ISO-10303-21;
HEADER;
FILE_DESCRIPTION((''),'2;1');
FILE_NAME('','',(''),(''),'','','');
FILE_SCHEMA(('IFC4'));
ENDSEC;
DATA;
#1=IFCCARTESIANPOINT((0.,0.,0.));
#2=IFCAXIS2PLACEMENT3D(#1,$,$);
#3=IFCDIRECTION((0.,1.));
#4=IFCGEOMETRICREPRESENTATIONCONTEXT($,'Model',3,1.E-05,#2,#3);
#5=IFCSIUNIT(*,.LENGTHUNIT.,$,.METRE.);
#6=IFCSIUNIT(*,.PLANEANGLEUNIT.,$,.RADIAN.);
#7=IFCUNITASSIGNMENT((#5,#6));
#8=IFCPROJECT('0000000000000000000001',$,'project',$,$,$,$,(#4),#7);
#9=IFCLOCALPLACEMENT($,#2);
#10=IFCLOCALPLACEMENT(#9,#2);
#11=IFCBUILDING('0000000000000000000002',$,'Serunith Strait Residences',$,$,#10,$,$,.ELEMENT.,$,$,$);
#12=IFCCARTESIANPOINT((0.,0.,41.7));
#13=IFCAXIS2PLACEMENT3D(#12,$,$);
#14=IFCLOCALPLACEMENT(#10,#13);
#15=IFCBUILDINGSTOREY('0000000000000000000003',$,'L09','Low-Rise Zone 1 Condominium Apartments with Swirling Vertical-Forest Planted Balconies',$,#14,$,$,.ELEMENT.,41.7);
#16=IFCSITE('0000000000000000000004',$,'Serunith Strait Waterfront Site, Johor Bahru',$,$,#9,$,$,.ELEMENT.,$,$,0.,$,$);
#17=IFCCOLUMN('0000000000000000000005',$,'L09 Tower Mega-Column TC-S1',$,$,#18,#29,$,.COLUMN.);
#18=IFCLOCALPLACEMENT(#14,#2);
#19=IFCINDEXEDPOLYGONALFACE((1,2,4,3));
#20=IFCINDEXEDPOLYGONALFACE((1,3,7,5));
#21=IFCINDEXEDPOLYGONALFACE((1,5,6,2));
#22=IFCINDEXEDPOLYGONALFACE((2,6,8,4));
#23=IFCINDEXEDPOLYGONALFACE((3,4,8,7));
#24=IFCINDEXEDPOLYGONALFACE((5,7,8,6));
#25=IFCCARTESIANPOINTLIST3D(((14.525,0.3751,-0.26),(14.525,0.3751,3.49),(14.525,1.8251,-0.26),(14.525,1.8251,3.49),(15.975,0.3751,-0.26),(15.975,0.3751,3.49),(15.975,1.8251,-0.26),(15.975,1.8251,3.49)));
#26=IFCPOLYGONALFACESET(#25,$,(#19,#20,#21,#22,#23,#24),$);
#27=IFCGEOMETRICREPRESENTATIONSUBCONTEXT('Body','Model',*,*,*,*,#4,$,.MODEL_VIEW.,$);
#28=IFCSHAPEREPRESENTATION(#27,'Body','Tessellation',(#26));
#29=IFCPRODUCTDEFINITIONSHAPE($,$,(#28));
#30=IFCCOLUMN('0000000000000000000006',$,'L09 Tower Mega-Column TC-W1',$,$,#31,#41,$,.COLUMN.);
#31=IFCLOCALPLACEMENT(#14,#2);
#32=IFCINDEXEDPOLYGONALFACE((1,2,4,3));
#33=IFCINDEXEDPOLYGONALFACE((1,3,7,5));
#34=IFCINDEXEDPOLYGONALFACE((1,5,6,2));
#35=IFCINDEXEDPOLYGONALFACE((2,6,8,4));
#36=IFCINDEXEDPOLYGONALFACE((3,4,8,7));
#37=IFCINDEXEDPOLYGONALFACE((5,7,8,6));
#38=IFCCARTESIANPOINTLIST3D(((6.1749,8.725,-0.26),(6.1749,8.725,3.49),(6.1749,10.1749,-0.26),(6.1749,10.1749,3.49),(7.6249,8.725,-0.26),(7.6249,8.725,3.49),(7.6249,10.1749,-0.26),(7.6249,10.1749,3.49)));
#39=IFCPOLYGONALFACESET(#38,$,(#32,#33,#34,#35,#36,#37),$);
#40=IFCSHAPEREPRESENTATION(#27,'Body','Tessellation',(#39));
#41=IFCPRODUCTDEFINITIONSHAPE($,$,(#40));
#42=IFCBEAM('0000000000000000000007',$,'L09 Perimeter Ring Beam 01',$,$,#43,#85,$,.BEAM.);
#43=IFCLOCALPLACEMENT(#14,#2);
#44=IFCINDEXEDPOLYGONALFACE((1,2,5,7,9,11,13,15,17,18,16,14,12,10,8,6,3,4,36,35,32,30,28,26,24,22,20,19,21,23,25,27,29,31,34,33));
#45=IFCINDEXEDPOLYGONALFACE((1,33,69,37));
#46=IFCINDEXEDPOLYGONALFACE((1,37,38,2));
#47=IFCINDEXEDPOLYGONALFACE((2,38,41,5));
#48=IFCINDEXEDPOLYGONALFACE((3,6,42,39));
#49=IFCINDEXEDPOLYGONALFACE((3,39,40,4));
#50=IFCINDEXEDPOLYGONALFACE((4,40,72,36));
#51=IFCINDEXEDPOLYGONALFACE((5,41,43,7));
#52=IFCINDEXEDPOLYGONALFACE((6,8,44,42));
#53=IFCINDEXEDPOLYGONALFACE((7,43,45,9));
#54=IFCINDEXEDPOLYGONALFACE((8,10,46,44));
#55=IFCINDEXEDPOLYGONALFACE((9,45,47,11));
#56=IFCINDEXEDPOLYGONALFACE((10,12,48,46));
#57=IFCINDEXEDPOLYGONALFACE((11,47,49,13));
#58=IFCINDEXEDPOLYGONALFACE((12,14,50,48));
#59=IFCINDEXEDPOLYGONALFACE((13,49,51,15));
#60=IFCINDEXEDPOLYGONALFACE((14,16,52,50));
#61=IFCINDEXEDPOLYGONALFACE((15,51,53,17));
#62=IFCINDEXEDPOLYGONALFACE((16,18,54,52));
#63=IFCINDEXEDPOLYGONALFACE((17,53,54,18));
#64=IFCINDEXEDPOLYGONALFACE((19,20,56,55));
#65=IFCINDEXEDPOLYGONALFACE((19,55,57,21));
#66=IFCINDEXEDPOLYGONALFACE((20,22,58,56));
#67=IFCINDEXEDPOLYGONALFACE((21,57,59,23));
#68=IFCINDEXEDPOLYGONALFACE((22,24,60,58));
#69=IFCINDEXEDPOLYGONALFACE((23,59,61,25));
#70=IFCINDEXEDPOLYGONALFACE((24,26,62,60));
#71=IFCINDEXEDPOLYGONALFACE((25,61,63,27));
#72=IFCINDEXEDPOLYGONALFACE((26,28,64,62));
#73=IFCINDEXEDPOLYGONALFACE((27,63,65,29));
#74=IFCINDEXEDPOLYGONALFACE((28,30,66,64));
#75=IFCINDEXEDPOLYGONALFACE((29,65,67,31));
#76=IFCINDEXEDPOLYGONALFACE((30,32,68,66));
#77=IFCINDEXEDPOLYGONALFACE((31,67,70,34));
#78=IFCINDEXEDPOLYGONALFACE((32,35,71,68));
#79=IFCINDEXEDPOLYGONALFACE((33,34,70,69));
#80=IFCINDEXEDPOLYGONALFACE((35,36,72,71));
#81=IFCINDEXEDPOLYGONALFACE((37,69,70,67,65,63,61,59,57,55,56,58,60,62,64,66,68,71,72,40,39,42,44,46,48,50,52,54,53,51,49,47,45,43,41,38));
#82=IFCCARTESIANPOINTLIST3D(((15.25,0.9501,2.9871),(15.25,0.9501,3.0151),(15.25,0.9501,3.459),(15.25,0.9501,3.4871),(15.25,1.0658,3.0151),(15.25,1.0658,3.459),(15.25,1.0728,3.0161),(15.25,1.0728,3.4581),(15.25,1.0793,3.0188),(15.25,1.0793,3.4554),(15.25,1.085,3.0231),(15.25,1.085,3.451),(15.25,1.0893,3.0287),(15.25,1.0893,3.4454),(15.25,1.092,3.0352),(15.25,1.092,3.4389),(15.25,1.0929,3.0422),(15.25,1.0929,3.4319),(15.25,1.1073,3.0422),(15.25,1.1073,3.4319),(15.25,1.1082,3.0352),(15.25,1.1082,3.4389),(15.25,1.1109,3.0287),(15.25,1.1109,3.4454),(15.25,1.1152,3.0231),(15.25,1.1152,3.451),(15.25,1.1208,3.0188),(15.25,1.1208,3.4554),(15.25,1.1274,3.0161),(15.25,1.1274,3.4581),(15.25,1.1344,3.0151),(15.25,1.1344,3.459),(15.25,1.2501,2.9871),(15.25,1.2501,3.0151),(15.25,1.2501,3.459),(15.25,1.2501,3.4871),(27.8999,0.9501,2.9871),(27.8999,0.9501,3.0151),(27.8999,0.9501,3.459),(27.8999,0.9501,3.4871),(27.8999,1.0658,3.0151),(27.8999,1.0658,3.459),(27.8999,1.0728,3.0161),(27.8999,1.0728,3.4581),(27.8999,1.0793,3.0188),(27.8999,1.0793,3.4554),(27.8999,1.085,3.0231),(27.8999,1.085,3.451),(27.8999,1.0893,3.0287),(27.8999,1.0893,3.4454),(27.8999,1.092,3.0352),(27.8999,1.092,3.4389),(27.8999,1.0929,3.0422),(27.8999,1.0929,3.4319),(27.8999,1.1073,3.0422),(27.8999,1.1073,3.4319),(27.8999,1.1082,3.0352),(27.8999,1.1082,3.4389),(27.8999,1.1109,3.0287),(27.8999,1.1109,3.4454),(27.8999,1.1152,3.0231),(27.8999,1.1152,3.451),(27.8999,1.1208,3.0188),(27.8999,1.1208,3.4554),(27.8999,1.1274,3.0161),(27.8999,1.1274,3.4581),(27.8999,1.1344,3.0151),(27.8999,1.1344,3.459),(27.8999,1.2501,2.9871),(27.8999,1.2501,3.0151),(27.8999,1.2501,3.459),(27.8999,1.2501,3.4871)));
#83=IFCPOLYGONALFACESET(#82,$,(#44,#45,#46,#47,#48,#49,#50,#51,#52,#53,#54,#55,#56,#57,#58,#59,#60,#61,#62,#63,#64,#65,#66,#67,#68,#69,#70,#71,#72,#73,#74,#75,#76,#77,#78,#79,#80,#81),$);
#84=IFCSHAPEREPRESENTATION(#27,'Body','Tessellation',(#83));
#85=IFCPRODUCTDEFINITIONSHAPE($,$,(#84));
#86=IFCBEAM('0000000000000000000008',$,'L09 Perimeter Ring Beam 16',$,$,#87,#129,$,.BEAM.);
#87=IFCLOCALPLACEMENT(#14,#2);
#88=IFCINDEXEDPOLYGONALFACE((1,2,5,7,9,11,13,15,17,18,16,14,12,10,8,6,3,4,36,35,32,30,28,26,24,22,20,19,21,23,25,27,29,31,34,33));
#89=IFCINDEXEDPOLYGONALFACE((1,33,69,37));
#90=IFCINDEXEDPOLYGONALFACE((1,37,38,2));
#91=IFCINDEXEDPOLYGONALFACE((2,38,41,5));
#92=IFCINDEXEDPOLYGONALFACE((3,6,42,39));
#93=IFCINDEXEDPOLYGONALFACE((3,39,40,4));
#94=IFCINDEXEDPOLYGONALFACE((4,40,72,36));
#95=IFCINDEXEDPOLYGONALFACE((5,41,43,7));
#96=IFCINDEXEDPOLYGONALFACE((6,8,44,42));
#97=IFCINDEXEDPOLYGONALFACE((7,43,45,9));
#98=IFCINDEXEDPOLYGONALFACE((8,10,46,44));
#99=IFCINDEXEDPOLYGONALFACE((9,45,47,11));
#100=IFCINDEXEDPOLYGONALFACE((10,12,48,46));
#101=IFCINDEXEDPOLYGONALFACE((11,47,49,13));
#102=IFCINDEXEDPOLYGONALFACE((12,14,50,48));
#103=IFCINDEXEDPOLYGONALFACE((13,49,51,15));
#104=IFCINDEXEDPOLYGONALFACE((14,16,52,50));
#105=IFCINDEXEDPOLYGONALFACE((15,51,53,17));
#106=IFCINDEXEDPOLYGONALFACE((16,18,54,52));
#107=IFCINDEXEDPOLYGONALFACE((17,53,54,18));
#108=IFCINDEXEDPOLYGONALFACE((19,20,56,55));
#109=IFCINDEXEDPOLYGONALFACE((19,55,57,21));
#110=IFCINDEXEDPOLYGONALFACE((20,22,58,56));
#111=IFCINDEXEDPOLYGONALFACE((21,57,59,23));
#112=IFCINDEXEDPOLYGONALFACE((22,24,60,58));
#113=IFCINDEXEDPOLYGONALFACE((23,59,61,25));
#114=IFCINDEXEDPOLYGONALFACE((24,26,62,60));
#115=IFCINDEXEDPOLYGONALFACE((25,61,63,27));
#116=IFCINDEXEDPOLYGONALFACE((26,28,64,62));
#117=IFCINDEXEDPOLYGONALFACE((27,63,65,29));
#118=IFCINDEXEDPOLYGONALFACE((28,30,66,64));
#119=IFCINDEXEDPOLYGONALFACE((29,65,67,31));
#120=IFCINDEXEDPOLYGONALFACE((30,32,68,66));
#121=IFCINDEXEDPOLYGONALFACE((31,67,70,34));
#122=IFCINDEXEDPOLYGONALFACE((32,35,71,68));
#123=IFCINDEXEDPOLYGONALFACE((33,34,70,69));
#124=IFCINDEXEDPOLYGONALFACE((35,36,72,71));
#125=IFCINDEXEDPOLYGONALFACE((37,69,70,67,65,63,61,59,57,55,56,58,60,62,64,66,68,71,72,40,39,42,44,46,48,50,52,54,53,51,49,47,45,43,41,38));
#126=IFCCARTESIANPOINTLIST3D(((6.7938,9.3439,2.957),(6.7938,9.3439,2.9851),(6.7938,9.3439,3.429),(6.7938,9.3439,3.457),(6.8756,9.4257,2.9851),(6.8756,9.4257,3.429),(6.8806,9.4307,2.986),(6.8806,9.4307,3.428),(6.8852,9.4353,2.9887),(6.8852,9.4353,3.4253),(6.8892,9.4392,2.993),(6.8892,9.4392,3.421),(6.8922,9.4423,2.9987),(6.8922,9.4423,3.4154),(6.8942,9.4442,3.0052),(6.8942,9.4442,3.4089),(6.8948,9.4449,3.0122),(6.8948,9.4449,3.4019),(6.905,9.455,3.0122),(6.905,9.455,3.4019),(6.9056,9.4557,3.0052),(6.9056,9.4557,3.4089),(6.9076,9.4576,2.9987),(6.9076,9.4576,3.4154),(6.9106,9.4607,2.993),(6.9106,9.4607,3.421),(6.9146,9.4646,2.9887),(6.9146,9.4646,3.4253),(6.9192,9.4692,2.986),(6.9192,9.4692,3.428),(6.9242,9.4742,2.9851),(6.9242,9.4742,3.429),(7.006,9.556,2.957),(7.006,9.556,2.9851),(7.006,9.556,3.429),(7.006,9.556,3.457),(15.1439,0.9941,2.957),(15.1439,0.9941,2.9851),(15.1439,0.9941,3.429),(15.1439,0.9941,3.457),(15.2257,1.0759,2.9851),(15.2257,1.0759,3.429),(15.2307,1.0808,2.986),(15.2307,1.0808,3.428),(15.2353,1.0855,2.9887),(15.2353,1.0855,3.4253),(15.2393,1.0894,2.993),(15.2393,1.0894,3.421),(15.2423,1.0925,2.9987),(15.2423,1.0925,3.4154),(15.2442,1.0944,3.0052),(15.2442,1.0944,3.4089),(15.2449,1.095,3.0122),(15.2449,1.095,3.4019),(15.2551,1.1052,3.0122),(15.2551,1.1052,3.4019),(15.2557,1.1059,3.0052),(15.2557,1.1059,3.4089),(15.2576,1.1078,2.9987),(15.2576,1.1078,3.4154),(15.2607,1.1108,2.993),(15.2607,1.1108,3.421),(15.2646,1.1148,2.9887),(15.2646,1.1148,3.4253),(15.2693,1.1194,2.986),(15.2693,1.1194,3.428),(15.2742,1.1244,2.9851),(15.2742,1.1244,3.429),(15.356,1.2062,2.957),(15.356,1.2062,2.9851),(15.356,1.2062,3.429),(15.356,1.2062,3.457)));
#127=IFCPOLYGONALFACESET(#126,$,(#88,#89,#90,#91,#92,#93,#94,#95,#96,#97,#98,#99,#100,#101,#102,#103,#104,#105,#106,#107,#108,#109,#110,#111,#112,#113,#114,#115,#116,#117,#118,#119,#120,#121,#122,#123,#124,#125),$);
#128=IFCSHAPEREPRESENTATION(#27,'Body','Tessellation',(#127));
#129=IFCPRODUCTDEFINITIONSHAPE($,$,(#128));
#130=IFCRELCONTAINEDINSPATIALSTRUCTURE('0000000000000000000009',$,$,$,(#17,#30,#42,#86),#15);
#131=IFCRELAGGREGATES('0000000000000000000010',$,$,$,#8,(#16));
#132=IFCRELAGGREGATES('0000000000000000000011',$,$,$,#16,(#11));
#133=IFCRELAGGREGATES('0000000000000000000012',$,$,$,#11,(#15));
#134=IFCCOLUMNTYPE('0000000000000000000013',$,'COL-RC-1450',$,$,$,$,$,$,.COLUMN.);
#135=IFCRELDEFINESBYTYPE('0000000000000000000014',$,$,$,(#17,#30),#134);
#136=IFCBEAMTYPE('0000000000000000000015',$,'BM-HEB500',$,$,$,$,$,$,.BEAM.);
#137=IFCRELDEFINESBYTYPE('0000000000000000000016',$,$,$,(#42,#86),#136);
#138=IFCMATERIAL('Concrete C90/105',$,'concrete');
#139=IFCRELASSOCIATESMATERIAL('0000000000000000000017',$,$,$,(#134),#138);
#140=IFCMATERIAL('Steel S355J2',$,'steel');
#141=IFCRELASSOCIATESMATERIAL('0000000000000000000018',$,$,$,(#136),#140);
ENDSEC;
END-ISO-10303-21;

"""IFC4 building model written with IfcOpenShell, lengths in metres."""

from ifc_helpers import new_model, si_unit, direction, frame, origin, origin_2d, place, context, subcontext, project, spatial, rectangle, i_section, extrude, source, transform, mapped, material, material_profile, profile_set, type_object, element, save


model = new_model("IFC4")

# Units and contexts
model_context = context("Model", 3, precision=1e-05, world=origin(), true_north=direction((0.0, 1.0)))
body_context = subcontext(model_context, "Body", "Model", "MODEL_VIEW")
ifc_project = project(units=[si_unit("LENGTHUNIT", "METRE"), si_unit("PLANEANGLEUNIT", "RADIAN")], contexts=[model_context])

# Site, building, storey
site_placement = place(None, origin())
site = spatial("IfcSite", under=ifc_project, at=site_placement, Name="Serunith Strait Waterfront Site, Johor Bahru", CompositionType="ELEMENT", RefElevation=0.0)
building_placement = place(site_placement, origin())
building = spatial("IfcBuilding", under=site, at=building_placement, Name="Serunith Strait Residences", CompositionType="ELEMENT")
storey_placement = place(building_placement, frame((0.0, 0.0, 41.7)))
storey = spatial("IfcBuildingStorey", under=building, at=storey_placement, Name="L09", Description="Low-Rise Zone 1 Condominium Apartments with Swirling Vertical-Forest Planted Balconies", CompositionType="ELEMENT", Elevation=41.7)

# Columns
ifc_material_1 = material(Name="Concrete C90/105", Category="concrete")
ifc_material_profile_1 = material_profile(ifc_material_1, rectangle(XDim=1.45, YDim=1.45, at=origin_2d()), Name="RC 1450x1450")
ifc_profile_set_1 = profile_set([ifc_material_profile_1], Name="Concrete C90/105")
column_type = type_object("IfcColumnType", Name="COL-RC-1450", PredefinedType="COLUMN", material=ifc_profile_set_1)
shared_shape_1 = source(origin(), body_context, "Body", "SweptSolid", [
    extrude(rectangle(XDim=1.45, YDim=1.45, at=origin_2d()), origin(), (0.0, 0.0, 1.0), 3.75),
])
for number, where, z_axis, x_axis, name in (
    (1, (15.25, 1.1001, -0.26), (0.0, 0.0, 1.0), (1.0, 0.0, 0.0), "L09 Tower Mega-Column TC-S1"),
    (2, (6.8999, 9.45, -0.26), (0.0, 0.0, 1.0), (1.0, 0.0, 0.0), "L09 Tower Mega-Column TC-W1"),
):
    element("IfcColumn", number, at=place(storey_placement, frame(where, z_axis=z_axis, x_axis=x_axis)), inside=storey, type_object=column_type, Name=name, PredefinedType="COLUMN", context=body_context, shape_type="MappedRepresentation", body=[
        mapped(shared_shape_1, transform((0.0, 0.0, 0.0), scale=1.0)),
    ])

# Beams
ifc_material_2 = material(Name="Steel S355J2", Category="steel")
ifc_material_profile_2 = material_profile(ifc_material_2, i_section(OverallWidth=0.3, OverallDepth=0.5, WebThickness=0.0144, FlangeThickness=0.0281, FilletRadius=0.0271, at=origin_2d()), Name="HEB 500")
ifc_profile_set_2 = profile_set([ifc_material_profile_2], Name="Steel S355J2")
beam_type = type_object("IfcBeamType", Name="BM-HEB500", PredefinedType="BEAM", material=ifc_profile_set_2)
shared_shape_2 = source(origin(), body_context, "Body", "SweptSolid", [
    extrude(i_section(OverallWidth=0.3, OverallDepth=0.5, WebThickness=0.0144, FlangeThickness=0.0281, FilletRadius=0.0271, at=origin_2d()), origin(), (0.0, 0.0, 1.0), 12.6499),
])
beam_1_placement = place(storey_placement, frame((15.25, 1.1001, 3.2371), z_axis=(1.0, 0.0, 0.0), x_axis=(0.0, 1.0, 0.0)))
element("IfcBeam", 3, at=beam_1_placement, inside=storey, type_object=beam_type, Name="L09 Perimeter Ring Beam 01", PredefinedType="BEAM", context=body_context, shape_type="MappedRepresentation", body=[
    mapped(shared_shape_2, transform((0.0, 0.0, 0.0), scale=1.0)),
])
shared_shape_3 = source(origin(), body_context, "Body", "SweptSolid", [
    extrude(i_section(OverallWidth=0.3, OverallDepth=0.5, WebThickness=0.0144, FlangeThickness=0.0281, FilletRadius=0.0271, at=origin_2d()), origin(), (0.0, 0.0, 1.0), 11.8086),
])
beam_2_placement = place(storey_placement, frame((6.8999, 9.45, 3.207), z_axis=(0.707117, -0.707096, 0.0), x_axis=(0.707096, 0.707117, 0.0)))
element("IfcBeam", 4, at=beam_2_placement, inside=storey, type_object=beam_type, Name="L09 Perimeter Ring Beam 16", PredefinedType="BEAM", context=body_context, shape_type="MappedRepresentation", body=[
    mapped(shared_shape_3, transform((0.0, 0.0, 0.0), scale=1.0)),
])

save(model, "model.ifc")
